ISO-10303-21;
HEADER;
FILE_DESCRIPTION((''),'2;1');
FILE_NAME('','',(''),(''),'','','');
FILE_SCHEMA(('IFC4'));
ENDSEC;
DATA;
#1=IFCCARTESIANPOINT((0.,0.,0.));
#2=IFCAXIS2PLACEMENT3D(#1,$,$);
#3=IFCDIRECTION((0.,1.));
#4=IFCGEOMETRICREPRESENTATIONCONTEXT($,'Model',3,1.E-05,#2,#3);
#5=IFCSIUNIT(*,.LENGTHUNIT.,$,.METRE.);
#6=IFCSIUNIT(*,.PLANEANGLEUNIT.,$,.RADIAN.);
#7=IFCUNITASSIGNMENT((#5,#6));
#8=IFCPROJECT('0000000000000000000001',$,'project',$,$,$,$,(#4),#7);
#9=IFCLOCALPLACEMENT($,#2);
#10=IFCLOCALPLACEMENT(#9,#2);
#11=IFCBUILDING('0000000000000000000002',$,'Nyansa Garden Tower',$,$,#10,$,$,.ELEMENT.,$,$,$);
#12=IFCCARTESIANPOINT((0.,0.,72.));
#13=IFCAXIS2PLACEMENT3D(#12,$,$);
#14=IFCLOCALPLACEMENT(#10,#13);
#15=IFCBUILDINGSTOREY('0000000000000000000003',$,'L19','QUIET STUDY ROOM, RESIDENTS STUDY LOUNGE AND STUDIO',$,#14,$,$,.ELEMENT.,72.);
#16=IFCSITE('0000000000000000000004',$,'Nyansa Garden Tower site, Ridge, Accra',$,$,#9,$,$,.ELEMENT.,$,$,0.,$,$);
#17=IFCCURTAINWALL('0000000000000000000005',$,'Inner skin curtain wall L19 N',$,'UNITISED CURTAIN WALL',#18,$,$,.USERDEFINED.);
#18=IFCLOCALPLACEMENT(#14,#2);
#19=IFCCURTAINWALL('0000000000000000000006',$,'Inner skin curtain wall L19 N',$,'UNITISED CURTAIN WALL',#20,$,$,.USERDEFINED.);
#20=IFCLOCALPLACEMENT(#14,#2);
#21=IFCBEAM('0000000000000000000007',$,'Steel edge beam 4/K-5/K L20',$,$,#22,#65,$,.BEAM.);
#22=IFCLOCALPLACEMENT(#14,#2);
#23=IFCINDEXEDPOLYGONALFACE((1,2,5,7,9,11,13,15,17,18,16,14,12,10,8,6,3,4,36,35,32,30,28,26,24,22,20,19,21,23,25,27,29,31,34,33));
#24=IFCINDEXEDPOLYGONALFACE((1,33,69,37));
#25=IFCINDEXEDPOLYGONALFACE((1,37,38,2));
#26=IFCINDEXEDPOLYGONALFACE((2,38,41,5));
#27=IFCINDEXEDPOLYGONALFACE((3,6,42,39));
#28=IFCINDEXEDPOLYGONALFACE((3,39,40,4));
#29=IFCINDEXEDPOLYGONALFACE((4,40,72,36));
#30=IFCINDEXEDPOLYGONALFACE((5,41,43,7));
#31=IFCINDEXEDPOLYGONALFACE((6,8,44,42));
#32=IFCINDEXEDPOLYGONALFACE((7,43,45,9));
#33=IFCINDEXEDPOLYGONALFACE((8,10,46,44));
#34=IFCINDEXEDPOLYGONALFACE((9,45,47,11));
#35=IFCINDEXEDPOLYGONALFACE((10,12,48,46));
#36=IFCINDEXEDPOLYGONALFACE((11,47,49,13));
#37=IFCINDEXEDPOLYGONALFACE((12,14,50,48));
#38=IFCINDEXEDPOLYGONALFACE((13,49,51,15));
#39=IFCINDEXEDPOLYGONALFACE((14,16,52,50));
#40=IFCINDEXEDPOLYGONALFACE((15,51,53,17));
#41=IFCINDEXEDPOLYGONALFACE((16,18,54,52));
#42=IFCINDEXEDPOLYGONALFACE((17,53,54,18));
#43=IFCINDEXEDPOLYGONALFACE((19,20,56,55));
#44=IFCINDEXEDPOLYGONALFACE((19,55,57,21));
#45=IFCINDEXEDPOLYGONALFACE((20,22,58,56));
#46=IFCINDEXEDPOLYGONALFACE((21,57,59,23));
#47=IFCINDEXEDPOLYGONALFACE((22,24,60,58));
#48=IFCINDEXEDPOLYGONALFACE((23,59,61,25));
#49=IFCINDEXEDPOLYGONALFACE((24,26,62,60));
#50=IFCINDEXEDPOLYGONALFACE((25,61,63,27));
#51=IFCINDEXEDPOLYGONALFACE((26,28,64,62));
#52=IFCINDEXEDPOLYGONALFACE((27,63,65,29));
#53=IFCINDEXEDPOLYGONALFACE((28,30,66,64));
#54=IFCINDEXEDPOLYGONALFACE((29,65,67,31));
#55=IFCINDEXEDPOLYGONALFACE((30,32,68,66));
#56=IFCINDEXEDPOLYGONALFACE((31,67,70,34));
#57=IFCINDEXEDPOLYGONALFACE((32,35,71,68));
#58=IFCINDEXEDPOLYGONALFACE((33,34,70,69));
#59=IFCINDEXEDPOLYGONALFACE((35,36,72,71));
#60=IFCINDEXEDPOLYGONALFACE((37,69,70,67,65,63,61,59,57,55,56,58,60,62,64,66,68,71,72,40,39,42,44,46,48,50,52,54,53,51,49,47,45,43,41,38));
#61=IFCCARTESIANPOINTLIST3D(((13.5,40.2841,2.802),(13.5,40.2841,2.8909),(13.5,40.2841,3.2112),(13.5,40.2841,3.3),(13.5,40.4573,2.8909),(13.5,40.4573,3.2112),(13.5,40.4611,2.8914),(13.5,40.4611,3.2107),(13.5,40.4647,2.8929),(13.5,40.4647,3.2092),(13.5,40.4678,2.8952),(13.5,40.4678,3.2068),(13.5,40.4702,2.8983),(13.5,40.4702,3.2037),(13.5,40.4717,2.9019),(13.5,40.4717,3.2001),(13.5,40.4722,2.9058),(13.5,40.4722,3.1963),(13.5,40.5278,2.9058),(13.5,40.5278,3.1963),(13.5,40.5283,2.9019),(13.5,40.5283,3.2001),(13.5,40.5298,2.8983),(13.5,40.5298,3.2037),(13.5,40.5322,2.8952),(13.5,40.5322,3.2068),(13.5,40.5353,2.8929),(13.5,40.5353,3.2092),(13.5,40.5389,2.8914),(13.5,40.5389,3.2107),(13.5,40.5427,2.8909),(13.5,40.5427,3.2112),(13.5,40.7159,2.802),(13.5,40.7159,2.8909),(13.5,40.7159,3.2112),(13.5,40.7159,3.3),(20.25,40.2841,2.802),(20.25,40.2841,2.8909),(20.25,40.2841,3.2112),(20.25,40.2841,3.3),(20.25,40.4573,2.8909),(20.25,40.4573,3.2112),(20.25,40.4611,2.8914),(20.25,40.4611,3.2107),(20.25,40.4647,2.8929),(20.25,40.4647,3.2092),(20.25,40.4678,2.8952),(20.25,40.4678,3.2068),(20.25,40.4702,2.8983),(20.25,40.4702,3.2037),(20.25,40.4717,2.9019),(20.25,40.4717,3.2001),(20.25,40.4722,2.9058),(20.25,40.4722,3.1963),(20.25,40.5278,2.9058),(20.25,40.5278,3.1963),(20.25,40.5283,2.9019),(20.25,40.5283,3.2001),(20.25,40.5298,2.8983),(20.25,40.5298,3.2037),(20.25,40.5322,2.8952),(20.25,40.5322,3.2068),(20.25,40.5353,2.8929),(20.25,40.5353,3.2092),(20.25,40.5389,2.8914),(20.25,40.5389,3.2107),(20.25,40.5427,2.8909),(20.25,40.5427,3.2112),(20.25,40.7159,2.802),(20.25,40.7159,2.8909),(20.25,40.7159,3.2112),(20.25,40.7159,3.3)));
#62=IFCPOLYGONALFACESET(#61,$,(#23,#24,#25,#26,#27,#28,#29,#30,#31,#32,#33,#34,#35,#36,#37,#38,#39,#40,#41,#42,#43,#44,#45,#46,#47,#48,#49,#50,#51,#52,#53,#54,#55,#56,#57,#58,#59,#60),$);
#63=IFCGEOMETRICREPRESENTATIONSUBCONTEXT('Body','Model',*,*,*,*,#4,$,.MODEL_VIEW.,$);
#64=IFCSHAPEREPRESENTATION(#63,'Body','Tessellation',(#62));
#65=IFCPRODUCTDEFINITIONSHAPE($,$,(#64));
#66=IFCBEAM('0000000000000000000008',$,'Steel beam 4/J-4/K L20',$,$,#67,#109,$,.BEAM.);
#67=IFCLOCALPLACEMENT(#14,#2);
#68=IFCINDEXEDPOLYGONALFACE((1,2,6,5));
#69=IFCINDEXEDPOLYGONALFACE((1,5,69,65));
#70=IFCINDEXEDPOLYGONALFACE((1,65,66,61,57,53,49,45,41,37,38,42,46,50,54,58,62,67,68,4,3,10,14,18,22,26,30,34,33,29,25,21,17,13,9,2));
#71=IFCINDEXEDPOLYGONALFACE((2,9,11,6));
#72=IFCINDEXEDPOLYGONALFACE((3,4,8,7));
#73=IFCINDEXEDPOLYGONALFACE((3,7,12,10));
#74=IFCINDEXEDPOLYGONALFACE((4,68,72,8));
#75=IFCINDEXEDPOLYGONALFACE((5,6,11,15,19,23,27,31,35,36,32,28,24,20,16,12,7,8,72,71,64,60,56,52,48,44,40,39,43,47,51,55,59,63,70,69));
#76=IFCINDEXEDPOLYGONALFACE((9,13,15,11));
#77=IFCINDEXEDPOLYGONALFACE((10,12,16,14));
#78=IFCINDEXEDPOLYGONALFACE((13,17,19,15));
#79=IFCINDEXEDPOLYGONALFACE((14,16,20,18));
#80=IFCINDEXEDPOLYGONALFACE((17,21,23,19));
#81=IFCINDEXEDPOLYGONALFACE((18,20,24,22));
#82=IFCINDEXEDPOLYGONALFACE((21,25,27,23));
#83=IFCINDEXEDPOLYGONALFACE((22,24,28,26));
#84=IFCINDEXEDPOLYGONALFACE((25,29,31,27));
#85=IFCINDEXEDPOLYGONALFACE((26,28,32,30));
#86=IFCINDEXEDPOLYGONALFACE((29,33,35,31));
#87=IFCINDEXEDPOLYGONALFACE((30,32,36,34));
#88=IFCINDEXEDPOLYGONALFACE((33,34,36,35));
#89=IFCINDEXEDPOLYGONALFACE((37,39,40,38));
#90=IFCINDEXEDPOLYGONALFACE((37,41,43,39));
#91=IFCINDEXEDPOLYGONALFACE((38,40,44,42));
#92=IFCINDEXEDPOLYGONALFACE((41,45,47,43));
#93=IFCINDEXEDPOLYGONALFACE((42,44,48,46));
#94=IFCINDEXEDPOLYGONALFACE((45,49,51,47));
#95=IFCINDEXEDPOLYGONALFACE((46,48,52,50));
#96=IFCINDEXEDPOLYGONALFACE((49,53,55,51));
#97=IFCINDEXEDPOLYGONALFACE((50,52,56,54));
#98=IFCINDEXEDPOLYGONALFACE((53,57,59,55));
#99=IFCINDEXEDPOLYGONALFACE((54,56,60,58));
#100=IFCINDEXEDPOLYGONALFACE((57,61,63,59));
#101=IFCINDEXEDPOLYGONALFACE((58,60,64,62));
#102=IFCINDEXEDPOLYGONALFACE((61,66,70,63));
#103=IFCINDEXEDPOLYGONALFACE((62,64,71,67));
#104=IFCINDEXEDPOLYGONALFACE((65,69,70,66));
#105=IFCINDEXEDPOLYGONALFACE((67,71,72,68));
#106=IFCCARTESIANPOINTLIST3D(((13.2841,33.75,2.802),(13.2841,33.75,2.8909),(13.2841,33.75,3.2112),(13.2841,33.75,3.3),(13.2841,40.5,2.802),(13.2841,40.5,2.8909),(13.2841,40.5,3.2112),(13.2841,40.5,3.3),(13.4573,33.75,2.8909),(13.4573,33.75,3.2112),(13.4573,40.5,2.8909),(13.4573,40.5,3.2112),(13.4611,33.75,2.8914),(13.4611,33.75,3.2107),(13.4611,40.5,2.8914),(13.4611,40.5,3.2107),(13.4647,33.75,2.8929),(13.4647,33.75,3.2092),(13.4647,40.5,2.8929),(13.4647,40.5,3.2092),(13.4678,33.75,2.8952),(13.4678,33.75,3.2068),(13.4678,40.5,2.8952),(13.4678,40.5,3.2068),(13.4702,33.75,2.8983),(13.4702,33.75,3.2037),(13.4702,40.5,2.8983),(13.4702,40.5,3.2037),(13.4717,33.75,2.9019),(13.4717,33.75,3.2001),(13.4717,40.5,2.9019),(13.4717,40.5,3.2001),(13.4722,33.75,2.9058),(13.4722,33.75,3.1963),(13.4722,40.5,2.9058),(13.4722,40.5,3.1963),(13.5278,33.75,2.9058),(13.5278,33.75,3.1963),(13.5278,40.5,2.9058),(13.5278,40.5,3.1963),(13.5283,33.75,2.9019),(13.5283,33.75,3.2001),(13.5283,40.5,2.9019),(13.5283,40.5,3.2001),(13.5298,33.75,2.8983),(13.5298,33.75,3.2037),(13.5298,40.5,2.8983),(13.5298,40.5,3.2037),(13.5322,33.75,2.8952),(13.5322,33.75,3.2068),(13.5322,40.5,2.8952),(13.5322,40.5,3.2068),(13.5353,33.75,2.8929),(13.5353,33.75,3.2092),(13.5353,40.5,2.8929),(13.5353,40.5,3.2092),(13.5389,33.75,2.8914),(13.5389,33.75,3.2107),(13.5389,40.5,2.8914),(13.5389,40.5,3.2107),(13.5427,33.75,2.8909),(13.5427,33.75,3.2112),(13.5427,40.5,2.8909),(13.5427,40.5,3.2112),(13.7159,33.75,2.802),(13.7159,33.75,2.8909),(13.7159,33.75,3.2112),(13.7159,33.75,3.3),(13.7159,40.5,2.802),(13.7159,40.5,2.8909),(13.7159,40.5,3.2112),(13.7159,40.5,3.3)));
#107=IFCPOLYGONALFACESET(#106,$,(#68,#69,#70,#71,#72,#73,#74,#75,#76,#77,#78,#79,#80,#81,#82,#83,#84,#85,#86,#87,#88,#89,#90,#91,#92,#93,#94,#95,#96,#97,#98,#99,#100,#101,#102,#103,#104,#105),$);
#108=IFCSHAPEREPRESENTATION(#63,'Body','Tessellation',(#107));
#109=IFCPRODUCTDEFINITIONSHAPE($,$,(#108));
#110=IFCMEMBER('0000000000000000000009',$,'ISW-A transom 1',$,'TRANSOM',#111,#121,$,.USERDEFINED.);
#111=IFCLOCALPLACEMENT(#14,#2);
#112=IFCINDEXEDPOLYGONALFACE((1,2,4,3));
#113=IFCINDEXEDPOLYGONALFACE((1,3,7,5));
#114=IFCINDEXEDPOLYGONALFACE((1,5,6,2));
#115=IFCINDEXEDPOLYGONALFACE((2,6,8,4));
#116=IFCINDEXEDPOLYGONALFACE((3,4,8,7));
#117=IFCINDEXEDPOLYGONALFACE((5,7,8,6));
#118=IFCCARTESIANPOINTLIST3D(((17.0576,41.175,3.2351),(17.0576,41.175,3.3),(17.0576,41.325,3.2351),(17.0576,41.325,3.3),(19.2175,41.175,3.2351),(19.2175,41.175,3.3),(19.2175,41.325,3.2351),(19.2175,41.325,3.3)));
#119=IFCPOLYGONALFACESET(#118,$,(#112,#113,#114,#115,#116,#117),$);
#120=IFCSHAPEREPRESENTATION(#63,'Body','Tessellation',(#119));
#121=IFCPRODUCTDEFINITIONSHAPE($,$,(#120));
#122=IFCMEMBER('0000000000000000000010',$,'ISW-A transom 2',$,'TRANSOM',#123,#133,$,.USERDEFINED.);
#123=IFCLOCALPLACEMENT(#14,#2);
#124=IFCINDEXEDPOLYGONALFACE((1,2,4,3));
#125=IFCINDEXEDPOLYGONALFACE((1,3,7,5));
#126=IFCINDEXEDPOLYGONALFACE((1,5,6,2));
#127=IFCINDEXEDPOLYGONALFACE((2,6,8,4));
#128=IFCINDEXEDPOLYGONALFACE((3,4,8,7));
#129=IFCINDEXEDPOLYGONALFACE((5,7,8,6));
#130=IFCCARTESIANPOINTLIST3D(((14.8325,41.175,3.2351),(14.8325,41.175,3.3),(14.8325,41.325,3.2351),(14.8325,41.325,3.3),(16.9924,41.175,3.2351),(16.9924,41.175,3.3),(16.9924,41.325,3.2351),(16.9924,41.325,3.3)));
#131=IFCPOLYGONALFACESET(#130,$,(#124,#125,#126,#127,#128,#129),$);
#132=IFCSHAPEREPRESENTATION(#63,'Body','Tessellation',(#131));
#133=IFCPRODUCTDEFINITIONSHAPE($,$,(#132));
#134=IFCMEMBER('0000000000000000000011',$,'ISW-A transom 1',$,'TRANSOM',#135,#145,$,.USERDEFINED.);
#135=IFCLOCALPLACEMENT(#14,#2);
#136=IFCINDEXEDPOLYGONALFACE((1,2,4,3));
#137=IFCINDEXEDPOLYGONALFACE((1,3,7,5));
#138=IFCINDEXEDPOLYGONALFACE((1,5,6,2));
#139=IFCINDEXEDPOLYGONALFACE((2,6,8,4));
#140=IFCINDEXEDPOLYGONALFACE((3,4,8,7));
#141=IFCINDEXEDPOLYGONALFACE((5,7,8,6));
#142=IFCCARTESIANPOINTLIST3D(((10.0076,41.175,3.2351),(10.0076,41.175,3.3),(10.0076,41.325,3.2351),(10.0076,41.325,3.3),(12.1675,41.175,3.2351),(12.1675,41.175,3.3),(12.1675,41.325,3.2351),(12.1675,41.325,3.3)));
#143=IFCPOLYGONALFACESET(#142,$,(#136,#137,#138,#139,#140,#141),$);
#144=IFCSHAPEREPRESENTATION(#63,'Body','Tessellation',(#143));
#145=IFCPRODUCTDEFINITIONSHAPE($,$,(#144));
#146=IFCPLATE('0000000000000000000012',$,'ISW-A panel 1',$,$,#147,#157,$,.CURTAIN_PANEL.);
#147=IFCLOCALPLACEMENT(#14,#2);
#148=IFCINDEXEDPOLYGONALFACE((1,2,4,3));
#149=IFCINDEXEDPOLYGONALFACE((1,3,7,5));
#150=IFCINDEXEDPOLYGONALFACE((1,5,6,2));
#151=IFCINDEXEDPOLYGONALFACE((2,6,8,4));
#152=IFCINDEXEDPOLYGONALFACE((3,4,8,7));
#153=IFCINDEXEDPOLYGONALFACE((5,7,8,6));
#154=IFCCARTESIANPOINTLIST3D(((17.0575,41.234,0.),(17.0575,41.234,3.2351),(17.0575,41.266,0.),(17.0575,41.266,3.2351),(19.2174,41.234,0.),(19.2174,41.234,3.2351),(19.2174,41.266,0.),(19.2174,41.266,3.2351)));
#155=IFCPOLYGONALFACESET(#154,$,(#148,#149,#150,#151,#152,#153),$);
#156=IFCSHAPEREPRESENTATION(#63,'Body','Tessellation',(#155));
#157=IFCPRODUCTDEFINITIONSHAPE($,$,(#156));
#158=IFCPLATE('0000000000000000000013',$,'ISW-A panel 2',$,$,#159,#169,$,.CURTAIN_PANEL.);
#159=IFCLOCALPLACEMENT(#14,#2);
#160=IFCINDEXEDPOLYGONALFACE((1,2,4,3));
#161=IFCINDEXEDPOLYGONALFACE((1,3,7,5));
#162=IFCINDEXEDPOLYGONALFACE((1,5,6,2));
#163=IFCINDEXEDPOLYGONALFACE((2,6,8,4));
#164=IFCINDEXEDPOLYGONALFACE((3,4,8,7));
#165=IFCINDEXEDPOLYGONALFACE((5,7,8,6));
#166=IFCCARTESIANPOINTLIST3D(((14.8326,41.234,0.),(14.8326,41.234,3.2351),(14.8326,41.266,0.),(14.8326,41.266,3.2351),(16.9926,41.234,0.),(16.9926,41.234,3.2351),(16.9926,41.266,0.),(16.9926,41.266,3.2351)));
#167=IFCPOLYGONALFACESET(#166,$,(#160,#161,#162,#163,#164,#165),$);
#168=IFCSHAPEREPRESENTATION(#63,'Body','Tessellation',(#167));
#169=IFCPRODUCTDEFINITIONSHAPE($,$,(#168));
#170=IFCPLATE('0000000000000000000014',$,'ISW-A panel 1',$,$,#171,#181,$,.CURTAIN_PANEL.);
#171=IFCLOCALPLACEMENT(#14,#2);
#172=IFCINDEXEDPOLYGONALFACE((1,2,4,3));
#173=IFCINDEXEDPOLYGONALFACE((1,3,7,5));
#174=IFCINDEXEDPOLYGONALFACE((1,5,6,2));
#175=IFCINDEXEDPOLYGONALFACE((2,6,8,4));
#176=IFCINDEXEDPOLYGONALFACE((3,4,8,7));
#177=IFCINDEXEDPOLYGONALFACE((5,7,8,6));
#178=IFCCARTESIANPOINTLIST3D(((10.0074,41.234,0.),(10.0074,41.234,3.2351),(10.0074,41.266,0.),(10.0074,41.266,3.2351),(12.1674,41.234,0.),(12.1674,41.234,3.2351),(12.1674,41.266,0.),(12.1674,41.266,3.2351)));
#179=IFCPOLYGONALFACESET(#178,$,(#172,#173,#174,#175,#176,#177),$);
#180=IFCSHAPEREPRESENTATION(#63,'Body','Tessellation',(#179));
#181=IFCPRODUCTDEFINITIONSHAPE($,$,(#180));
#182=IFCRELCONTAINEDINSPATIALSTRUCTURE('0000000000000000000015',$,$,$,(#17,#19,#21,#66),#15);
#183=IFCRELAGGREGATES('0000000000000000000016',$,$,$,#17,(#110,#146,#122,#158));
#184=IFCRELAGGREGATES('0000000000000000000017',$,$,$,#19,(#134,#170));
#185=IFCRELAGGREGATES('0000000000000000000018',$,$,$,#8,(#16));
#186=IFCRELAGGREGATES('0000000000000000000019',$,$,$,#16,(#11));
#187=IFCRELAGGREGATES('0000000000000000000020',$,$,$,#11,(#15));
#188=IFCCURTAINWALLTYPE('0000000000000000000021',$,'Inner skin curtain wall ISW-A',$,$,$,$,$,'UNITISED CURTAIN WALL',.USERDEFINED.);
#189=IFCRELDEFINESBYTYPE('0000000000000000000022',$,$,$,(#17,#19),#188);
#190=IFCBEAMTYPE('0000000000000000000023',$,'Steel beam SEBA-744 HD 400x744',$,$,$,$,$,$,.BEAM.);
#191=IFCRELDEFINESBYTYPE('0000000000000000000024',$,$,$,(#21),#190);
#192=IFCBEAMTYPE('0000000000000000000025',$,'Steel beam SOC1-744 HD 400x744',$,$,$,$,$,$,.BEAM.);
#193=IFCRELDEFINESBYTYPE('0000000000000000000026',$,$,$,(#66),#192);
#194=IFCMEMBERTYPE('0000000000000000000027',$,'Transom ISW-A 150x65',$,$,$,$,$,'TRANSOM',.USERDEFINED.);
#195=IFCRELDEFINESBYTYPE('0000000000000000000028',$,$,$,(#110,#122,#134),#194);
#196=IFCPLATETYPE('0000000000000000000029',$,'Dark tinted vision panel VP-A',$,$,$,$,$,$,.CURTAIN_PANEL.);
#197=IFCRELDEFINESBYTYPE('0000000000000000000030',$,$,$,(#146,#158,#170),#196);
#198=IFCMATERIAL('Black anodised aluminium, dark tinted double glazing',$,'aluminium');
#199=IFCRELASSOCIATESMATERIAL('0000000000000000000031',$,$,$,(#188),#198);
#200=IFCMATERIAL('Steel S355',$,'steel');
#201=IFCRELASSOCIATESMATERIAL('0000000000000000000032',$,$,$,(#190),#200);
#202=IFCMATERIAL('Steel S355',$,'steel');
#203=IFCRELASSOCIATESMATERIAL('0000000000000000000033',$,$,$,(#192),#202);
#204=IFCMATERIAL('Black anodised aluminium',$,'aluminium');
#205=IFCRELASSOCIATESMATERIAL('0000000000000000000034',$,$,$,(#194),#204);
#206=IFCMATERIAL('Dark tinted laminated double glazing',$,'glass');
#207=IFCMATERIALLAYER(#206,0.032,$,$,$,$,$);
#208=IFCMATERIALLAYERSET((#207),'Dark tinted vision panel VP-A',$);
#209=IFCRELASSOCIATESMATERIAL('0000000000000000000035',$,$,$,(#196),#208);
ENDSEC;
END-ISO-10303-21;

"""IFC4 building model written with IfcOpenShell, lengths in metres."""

from ifc_helpers import new_model, si_unit, direction, frame, origin, origin_2d, place, context, subcontext, project, spatial, rectangle, i_section, extrude, material, layer, layer_set, material_profile, profile_set, type_object, element, aggregate, save


model = new_model("IFC4")

# Units and contexts
model_context = context("Model", 3, precision=1e-05, world=origin(), true_north=direction((0.0, 1.0)))
body_context = subcontext(model_context, "Body", "Model", "MODEL_VIEW")
ifc_project = project(units=[si_unit("LENGTHUNIT", "METRE"), si_unit("PLANEANGLEUNIT", "RADIAN")], contexts=[model_context])

# Site, building, storey
site_placement = place(None, origin())
site = spatial("IfcSite", under=ifc_project, at=site_placement, Name="Nyansa Garden Tower site, Ridge, Accra", CompositionType="ELEMENT", RefElevation=0.0)
building_placement = place(site_placement, origin())
building = spatial("IfcBuilding", under=site, at=building_placement, Name="Nyansa Garden Tower", CompositionType="ELEMENT")
storey_placement = place(building_placement, frame((0.0, 0.0, 72.0)))
storey = spatial("IfcBuildingStorey", under=building, at=storey_placement, Name="L19", Description="QUIET STUDY ROOM, RESIDENTS STUDY LOUNGE AND STUDIO", CompositionType="ELEMENT", Elevation=72.0)

# Curtain wall
ifc_material_1 = material(Name="Black anodised aluminium, dark tinted double glazing", Category="aluminium")
curtain_wall_type = type_object("IfcCurtainWallType", Name="Inner skin curtain wall ISW-A", ElementType="UNITISED CURTAIN WALL", PredefinedType="USERDEFINED", material=ifc_material_1)
curtain_wall_1_placement = place(storey_placement, origin())
curtain_wall_1 = element("IfcCurtainWall", 1, at=curtain_wall_1_placement, inside=storey, type_object=curtain_wall_type, Name="Inner skin curtain wall L19 N", ObjectType="UNITISED CURTAIN WALL", PredefinedType="USERDEFINED")

# Curtain wall
curtain_wall_2_placement = place(storey_placement, origin())
curtain_wall_2 = element("IfcCurtainWall", 2, at=curtain_wall_2_placement, inside=storey, type_object=curtain_wall_type, Name="Inner skin curtain wall L19 N", ObjectType="UNITISED CURTAIN WALL", PredefinedType="USERDEFINED")

# Beams
ifc_material_2 = material(Name="Steel S355", Category="steel")
ifc_material_profile_1 = material_profile(ifc_material_2, i_section(OverallWidth=0.4319, OverallDepth=0.498, WebThickness=0.0557, FlangeThickness=0.0889, FilletRadius=0.0149, at=origin_2d()), Name="HD 400x744")
ifc_profile_set_1 = profile_set([ifc_material_profile_1], Name="Steel S355")
beam_type_1 = type_object("IfcBeamType", Name="Steel beam SEBA-744 HD 400x744", PredefinedType="BEAM", material=ifc_profile_set_1)
beam_1_placement = place(storey_placement, frame((13.5, 40.5, 3.051), z_axis=(1.0, 0.0, 0.0), x_axis=(0.0, 1.0, 0.0)))
element("IfcBeam", 3, at=beam_1_placement, inside=storey, type_object=beam_type_1, Name="Steel edge beam 4/K-5/K L20", PredefinedType="BEAM", context=body_context, shape_type="SweptSolid", body=[
    extrude(i_section(OverallWidth=0.4319, OverallDepth=0.498, WebThickness=0.0557, FlangeThickness=0.0889, FilletRadius=0.0149, at=origin_2d()), origin(), (0.0, 0.0, 1.0), 6.75),
])
ifc_material_3 = material(Name="Steel S355", Category="steel")
ifc_material_profile_2 = material_profile(ifc_material_3, i_section(OverallWidth=0.4319, OverallDepth=0.498, WebThickness=0.0557, FlangeThickness=0.0889, FilletRadius=0.0149, at=origin_2d()), Name="HD 400x744")
ifc_profile_set_2 = profile_set([ifc_material_profile_2], Name="Steel S355")
beam_type_2 = type_object("IfcBeamType", Name="Steel beam SOC1-744 HD 400x744", PredefinedType="BEAM", material=ifc_profile_set_2)
beam_2_placement = place(storey_placement, frame((13.5, 33.75, 3.051), z_axis=(0.0, 1.0, 0.0), x_axis=(-1.0, 0.0, 0.0)))
element("IfcBeam", 4, at=beam_2_placement, inside=storey, type_object=beam_type_2, Name="Steel beam 4/J-4/K L20", PredefinedType="BEAM", context=body_context, shape_type="SweptSolid", body=[
    extrude(i_section(OverallWidth=0.4319, OverallDepth=0.498, WebThickness=0.0557, FlangeThickness=0.0889, FilletRadius=0.0149, at=origin_2d()), origin(), (0.0, 0.0, 1.0), 6.75),
])

# Members
ifc_material_4 = material(Name="Black anodised aluminium", Category="aluminium")
ifc_material_profile_3 = material_profile(ifc_material_4, rectangle(XDim=0.1499, YDim=0.0649, at=origin_2d()), Name="Transom 150x65")
ifc_profile_set_3 = profile_set([ifc_material_profile_3], Name="Black anodised aluminium")
member_type_1 = type_object("IfcMemberType", Name="Transom ISW-A 150x65", ElementType="TRANSOM", PredefinedType="USERDEFINED", material=ifc_profile_set_3)
member_1_placement = place(storey_placement, frame((19.2175, 41.25, 3.2676), z_axis=(-1.0, 0.0, 0.0), x_axis=(0.0, -1.0, 0.0)))
member_1 = element("IfcMember", 5, at=member_1_placement, type_object=member_type_1, Name="ISW-A transom 1", ObjectType="TRANSOM", PredefinedType="USERDEFINED", context=body_context, shape_type="SweptSolid", body=[
    extrude(rectangle(XDim=0.1499, YDim=0.0649, at=origin_2d()), origin(), (0.0, 0.0, 1.0), 2.1599),
])
member_2_placement = place(storey_placement, frame((16.9924, 41.25, 3.2676), z_axis=(-1.0, 0.0, 0.0), x_axis=(0.0, -1.0, 0.0)))
member_2 = element("IfcMember", 6, at=member_2_placement, type_object=member_type_1, Name="ISW-A transom 2", ObjectType="TRANSOM", PredefinedType="USERDEFINED", context=body_context, shape_type="SweptSolid", body=[
    extrude(rectangle(XDim=0.1499, YDim=0.0649, at=origin_2d()), origin(), (0.0, 0.0, 1.0), 2.1599),
])
member_3_placement = place(storey_placement, frame((12.1675, 41.25, 3.2676), z_axis=(-1.0, 0.0, 0.0), x_axis=(0.0, -1.0, 0.0)))
member_3 = element("IfcMember", 7, at=member_3_placement, type_object=member_type_1, Name="ISW-A transom 1", ObjectType="TRANSOM", PredefinedType="USERDEFINED", context=body_context, shape_type="SweptSolid", body=[
    extrude(rectangle(XDim=0.1499, YDim=0.0649, at=origin_2d()), origin(), (0.0, 0.0, 1.0), 2.1599),
])

# Plates
ifc_material_5 = material(Name="Dark tinted laminated double glazing", Category="glass")
ifc_layer_1 = layer(ifc_material_5, 0.032)
ifc_layer_set_1 = layer_set([ifc_layer_1], Name="Dark tinted vision panel VP-A")
plate_type_1 = type_object("IfcPlateType", Name="Dark tinted vision panel VP-A", PredefinedType="CURTAIN_PANEL", material=ifc_layer_set_1)
plate_1_placement = place(storey_placement, frame((18.1375, 41.25, 0.0), z_axis=(0.0, 0.0, 1.0), x_axis=(-1.0, 0.0, 0.0)))
plate_1 = element("IfcPlate", 8, at=plate_1_placement, type_object=plate_type_1, Name="ISW-A panel 1", PredefinedType="CURTAIN_PANEL", context=body_context, shape_type="SweptSolid", body=[
    extrude(rectangle(XDim=2.1599, YDim=0.032, at=origin_2d()), origin(), (0.0, 0.0, 1.0), 3.2351),
])
plate_2_placement = place(storey_placement, frame((15.9126, 41.25, 0.0), z_axis=(0.0, 0.0, 1.0), x_axis=(-1.0, 0.0, 0.0)))
plate_2 = element("IfcPlate", 9, at=plate_2_placement, type_object=plate_type_1, Name="ISW-A panel 2", PredefinedType="CURTAIN_PANEL", context=body_context, shape_type="SweptSolid", body=[
    extrude(rectangle(XDim=2.1599, YDim=0.032, at=origin_2d()), origin(), (0.0, 0.0, 1.0), 3.2351),
])
aggregate(curtain_wall_1, [member_1, plate_1, member_2, plate_2])
plate_3_placement = place(storey_placement, frame((11.0874, 41.25, 0.0), z_axis=(0.0, 0.0, 1.0), x_axis=(-1.0, 0.0, 0.0)))
plate_3 = element("IfcPlate", 10, at=plate_3_placement, type_object=plate_type_1, Name="ISW-A panel 1", PredefinedType="CURTAIN_PANEL", context=body_context, shape_type="SweptSolid", body=[
    extrude(rectangle(XDim=2.1599, YDim=0.032, at=origin_2d()), origin(), (0.0, 0.0, 1.0), 3.2351),
])
aggregate(curtain_wall_2, [member_3, plate_3])

save(model, "model.ifc")
